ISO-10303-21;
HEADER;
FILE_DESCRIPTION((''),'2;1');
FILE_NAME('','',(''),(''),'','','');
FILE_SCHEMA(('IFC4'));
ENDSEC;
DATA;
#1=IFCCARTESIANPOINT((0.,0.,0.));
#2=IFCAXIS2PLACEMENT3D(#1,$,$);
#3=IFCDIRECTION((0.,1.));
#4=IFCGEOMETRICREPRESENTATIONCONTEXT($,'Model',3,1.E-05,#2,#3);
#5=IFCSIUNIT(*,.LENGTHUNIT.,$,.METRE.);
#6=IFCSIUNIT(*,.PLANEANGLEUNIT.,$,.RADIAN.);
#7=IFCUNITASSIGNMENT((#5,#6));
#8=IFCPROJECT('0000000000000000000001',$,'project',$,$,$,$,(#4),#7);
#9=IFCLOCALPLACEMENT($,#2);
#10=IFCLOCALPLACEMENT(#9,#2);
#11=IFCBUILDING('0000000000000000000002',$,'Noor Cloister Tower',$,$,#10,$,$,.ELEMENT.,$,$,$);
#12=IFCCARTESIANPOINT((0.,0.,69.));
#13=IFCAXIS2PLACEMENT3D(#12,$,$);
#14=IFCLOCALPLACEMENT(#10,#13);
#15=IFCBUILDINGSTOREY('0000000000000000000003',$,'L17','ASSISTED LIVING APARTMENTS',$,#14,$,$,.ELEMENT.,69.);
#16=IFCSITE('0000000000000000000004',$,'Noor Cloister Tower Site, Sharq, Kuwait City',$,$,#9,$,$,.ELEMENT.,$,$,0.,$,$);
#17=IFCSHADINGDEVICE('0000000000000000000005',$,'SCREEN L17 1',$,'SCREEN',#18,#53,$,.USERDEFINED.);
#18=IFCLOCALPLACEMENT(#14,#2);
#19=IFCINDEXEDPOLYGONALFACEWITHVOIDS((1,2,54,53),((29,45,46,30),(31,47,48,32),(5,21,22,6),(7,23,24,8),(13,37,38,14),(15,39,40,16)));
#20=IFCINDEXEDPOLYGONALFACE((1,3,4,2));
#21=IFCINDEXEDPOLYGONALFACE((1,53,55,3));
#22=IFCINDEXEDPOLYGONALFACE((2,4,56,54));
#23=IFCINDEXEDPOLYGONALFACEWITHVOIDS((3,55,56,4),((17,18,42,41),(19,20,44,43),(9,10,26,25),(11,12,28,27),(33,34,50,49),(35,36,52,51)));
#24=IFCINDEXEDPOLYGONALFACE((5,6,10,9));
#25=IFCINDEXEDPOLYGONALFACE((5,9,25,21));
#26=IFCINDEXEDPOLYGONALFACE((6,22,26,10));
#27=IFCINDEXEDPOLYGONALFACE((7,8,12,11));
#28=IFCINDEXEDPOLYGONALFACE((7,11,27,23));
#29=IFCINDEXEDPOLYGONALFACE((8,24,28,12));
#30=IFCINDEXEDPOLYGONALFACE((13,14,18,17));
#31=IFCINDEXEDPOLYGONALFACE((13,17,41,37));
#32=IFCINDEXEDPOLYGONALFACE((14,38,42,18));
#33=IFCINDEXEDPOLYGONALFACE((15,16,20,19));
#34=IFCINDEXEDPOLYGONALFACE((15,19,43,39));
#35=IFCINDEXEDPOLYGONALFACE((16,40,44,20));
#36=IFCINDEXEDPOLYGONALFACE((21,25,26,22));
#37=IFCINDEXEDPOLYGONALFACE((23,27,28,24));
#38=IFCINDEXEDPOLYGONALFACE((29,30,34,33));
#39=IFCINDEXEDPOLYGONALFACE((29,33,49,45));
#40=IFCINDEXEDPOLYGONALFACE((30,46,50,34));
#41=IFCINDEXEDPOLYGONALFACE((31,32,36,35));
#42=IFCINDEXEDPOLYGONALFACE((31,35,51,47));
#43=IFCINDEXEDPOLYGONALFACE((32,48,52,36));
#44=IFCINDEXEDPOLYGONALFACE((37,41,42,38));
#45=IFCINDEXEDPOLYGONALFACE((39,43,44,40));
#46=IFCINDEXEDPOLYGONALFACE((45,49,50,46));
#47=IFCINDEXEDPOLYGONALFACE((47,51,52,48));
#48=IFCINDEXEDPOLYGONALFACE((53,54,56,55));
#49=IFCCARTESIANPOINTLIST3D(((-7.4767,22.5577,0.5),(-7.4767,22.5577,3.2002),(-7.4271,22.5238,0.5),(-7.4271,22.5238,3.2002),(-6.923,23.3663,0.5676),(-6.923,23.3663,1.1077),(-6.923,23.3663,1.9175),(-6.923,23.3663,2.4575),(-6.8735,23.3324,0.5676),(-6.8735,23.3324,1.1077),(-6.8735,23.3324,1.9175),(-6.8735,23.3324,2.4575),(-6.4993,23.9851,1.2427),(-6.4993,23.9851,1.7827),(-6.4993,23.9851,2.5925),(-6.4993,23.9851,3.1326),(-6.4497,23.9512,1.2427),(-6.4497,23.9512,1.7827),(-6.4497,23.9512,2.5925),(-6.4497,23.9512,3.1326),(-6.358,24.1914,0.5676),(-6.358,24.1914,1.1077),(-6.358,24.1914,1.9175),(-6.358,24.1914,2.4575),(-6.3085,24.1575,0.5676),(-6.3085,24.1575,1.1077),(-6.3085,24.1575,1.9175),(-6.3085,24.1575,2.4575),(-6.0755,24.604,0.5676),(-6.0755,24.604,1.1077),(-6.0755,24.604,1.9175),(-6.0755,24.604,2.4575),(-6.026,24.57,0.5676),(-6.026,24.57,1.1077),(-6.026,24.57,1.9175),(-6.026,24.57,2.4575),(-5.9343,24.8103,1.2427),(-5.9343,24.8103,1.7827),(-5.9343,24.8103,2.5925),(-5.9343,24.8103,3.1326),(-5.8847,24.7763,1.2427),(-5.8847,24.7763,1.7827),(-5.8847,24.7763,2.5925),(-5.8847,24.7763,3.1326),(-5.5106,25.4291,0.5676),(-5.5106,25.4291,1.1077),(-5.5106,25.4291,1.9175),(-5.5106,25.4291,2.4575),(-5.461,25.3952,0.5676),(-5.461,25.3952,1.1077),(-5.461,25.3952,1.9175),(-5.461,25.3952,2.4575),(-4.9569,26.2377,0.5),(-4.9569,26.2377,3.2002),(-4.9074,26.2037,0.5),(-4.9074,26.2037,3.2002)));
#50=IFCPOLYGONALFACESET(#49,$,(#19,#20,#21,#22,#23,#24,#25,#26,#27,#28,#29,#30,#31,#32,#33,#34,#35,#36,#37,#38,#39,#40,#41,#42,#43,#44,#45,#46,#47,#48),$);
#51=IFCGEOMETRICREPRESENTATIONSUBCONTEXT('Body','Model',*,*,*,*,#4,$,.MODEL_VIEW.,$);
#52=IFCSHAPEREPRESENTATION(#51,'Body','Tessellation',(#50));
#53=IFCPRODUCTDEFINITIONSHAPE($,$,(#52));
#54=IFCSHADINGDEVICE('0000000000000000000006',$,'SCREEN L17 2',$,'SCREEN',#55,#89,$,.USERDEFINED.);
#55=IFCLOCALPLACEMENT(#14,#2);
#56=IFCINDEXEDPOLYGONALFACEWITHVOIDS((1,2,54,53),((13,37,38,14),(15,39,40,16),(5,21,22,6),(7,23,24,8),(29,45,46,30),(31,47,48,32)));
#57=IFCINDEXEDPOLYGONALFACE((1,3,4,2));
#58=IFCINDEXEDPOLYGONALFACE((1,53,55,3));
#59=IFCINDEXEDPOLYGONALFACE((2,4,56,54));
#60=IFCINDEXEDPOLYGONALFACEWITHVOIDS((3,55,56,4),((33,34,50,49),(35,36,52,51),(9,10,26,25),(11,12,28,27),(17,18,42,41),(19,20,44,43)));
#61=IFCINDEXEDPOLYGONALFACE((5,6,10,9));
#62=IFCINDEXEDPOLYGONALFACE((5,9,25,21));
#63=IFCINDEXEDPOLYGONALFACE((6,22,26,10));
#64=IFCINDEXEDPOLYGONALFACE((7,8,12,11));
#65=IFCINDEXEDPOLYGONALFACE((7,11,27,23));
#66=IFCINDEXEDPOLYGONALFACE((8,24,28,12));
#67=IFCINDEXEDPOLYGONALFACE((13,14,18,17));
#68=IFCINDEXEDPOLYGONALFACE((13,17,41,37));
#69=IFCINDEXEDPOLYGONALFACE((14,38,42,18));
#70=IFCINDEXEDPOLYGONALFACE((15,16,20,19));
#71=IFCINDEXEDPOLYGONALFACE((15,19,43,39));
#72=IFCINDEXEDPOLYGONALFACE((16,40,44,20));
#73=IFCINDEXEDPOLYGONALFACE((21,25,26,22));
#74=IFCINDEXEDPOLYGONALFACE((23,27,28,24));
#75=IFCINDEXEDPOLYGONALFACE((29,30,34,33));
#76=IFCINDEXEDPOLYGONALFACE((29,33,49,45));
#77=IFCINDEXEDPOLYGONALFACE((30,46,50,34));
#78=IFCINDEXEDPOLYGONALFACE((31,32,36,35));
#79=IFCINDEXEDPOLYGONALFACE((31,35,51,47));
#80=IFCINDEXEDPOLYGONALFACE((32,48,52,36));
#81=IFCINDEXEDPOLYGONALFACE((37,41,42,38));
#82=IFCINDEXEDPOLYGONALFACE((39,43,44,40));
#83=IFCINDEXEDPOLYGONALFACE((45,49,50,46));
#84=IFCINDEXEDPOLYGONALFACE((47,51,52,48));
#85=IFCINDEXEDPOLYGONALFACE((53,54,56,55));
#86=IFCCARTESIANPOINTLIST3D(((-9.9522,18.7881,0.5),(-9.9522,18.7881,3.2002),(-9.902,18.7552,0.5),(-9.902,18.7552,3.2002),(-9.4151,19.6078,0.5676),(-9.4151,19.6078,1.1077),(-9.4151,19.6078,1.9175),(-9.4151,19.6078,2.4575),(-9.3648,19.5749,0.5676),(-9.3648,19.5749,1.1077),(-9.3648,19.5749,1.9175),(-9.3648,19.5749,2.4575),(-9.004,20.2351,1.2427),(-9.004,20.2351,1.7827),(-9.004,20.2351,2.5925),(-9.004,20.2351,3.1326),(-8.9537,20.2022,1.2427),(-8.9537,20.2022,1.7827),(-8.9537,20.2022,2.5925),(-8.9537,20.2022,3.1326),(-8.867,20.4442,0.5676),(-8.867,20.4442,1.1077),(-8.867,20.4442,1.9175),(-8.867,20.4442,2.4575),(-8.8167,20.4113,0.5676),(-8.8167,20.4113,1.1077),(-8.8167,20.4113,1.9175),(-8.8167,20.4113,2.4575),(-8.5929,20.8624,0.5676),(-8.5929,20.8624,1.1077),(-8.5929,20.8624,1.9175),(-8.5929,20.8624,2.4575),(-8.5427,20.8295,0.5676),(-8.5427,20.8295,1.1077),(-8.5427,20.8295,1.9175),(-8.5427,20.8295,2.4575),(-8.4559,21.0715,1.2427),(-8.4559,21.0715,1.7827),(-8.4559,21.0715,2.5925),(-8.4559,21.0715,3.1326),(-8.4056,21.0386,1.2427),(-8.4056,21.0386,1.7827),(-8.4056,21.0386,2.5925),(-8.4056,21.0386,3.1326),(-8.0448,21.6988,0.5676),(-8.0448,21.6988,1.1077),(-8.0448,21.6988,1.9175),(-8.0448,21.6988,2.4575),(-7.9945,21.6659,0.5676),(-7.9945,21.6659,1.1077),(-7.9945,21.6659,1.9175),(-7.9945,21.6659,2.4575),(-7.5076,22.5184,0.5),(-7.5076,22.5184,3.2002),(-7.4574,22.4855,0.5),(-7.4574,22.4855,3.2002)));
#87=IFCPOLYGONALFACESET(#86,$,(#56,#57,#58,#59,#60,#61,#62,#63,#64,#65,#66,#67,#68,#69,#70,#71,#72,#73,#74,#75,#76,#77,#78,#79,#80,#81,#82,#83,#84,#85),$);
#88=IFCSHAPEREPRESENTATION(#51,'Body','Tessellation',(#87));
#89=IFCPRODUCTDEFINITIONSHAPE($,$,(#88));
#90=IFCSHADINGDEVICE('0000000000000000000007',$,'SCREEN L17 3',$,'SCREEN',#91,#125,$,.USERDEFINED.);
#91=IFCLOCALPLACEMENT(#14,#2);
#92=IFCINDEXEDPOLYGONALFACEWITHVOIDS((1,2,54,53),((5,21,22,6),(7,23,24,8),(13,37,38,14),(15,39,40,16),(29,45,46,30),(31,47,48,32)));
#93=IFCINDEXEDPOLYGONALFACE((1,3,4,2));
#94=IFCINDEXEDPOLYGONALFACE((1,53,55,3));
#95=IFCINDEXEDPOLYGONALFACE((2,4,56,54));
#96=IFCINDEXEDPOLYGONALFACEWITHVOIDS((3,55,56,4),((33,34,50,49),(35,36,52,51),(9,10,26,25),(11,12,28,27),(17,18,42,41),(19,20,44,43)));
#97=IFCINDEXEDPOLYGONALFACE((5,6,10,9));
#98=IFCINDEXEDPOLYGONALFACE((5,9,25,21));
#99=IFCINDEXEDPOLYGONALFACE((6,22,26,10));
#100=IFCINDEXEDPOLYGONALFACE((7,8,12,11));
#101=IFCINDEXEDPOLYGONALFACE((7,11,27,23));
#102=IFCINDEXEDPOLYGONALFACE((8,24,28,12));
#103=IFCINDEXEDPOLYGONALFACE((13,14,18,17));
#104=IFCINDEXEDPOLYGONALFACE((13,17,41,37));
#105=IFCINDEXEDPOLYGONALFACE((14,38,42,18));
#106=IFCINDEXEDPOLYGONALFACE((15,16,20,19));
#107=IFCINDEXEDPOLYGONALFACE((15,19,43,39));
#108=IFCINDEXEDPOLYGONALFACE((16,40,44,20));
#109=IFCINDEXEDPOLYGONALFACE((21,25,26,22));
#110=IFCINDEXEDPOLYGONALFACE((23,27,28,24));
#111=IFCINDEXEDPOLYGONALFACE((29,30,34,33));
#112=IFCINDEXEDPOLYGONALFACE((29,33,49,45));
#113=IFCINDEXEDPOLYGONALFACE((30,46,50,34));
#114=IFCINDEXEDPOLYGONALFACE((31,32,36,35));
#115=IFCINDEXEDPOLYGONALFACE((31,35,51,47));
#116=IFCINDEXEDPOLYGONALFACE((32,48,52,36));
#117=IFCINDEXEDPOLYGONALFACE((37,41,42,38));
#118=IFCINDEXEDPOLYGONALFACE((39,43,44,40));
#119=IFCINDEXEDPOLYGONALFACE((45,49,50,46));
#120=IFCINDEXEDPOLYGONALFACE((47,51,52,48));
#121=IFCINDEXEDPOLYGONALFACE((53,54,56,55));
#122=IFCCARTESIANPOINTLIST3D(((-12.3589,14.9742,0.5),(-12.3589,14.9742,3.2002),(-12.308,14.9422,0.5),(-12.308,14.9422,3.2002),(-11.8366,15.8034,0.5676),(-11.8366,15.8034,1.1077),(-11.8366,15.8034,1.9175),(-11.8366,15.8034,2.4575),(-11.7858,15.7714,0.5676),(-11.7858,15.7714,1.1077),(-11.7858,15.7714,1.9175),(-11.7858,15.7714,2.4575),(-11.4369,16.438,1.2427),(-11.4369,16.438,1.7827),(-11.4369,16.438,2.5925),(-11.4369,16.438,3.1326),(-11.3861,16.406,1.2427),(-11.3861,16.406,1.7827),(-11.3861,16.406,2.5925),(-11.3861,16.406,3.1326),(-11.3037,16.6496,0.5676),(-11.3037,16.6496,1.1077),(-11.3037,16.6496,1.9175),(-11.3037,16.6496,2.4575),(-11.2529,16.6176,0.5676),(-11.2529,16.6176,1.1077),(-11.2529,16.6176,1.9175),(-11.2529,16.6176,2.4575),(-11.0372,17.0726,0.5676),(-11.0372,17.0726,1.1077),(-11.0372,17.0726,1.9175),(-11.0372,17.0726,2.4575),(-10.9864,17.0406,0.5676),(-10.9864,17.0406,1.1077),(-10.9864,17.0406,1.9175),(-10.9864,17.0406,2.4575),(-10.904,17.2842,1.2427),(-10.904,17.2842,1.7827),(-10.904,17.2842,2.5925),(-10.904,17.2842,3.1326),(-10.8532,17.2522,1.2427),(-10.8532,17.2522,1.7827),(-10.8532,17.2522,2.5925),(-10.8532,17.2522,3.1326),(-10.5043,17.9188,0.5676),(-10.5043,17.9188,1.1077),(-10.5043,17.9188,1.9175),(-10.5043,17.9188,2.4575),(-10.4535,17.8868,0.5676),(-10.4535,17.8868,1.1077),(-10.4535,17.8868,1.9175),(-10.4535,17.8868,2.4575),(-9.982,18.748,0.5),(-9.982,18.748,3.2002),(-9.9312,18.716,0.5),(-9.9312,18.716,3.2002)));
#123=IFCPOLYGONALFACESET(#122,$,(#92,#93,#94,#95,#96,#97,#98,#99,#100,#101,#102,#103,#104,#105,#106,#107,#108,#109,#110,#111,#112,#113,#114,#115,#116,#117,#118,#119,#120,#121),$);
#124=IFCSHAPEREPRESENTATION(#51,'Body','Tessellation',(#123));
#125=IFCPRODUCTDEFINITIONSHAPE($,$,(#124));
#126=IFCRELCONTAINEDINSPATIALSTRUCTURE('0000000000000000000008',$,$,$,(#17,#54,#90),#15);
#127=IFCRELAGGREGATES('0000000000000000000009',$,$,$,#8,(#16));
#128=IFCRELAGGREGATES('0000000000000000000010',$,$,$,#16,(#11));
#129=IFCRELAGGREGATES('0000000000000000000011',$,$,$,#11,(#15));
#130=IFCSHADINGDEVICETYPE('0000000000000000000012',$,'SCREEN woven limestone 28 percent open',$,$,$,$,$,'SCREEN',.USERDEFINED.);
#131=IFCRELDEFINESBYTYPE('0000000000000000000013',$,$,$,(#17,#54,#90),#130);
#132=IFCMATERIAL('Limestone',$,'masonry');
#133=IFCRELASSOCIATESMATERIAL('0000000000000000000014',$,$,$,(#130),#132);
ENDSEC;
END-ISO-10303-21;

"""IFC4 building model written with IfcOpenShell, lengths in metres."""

from ifc_helpers import new_model, si_unit, direction, frame, origin, place, context, subcontext, project, spatial, polyline, outline, extrude, material, material_profile, profile_set, type_object, element, save


model = new_model("IFC4")

# Units and contexts
model_context = context("Model", 3, precision=1e-05, world=origin(), true_north=direction((0.0, 1.0)))
body_context = subcontext(model_context, "Body", "Model", "MODEL_VIEW")
ifc_project = project(units=[si_unit("LENGTHUNIT", "METRE"), si_unit("PLANEANGLEUNIT", "RADIAN")], contexts=[model_context])

# Site, building, storey
site_placement = place(None, origin())
site = spatial("IfcSite", under=ifc_project, at=site_placement, Name="Noor Cloister Tower Site, Sharq, Kuwait City", CompositionType="ELEMENT", RefElevation=0.0)
building_placement = place(site_placement, origin())
building = spatial("IfcBuilding", under=site, at=building_placement, Name="Noor Cloister Tower", CompositionType="ELEMENT")
storey_placement = place(building_placement, frame((0.0, 0.0, 69.0)))
storey = spatial("IfcBuildingStorey", under=building, at=storey_placement, Name="L17", Description="ASSISTED LIVING APARTMENTS", CompositionType="ELEMENT", Elevation=69.0)

# Shading devices
ifc_material_1 = material(Name="Limestone", Category="masonry")
ifc_material_profile_1 = material_profile(ifc_material_1, outline(polyline([(-2.23, -1.3501), (2.23, -1.3501), (2.23, 1.3501), (-2.23, 1.3501), (-2.23, -1.3501)]), holes=[polyline([(-1.25, -1.2825), (-0.25, -1.2825), (-0.25, -0.7424), (-1.25, -0.7424), (-1.25, -1.2825)]), polyline([(0.25, -1.2825), (1.25, -1.2825), (1.25, -0.7424), (0.25, -0.7424), (0.25, -1.2825)]), polyline([(-0.5, -0.6074), (0.5, -0.6074), (0.5, -0.0674), (-0.5, -0.0674), (-0.5, -0.6074)]), polyline([(-1.25, 0.0674), (-0.25, 0.0674), (-0.25, 0.6074), (-1.25, 0.6074), (-1.25, 0.0674)]), polyline([(0.25, 0.0674), (1.25, 0.0674), (1.25, 0.6074), (0.25, 0.6074), (0.25, 0.0674)]), polyline([(-0.5, 0.7424), (0.5, 0.7424), (0.5, 1.2825), (-0.5, 1.2825), (-0.5, 0.7424)])]), Name="Woven screen 28 percent open")
ifc_profile_set_1 = profile_set([ifc_material_profile_1], Name="Limestone")
shading_device_type = type_object("IfcShadingDeviceType", Name="SCREEN woven limestone 28 percent open", ElementType="SCREEN", PredefinedType="USERDEFINED", material=ifc_profile_set_1)
for number, where, z_axis, x_axis, name in (
    (1, (-6.1672, 24.3638, 1.8501), (-0.825108, 0.564975, 0.0), (-0.564975, -0.825108, 0.0), "SCREEN L17 1"),
    (2, (-8.6797, 20.6204, 1.8501), (-0.836397, 0.548124, 0.0), (-0.548124, -0.836397, 0.0), "SCREEN L17 2"),
    (3, (-11.1196, 16.8291, 1.8501), (-0.846165, 0.532921, 0.0), (-0.532921, -0.846165, 0.0), "SCREEN L17 3"),
):
    element("IfcShadingDevice", number, at=place(storey_placement, frame(where, z_axis=z_axis, x_axis=x_axis)), inside=storey, type_object=shading_device_type, Name=name, ObjectType="SCREEN", PredefinedType="USERDEFINED", context=body_context, shape_type="SweptSolid", body=[
        extrude(outline(polyline([(-2.23, -1.3501), (2.23, -1.3501), (2.23, 1.3501), (-2.23, 1.3501), (-2.23, -1.3501)]), holes=[polyline([(-1.25, -1.2825), (-0.25, -1.2825), (-0.25, -0.7424), (-1.25, -0.7424), (-1.25, -1.2825)]), polyline([(0.25, -1.2825), (1.25, -1.2825), (1.25, -0.7424), (0.25, -0.7424), (0.25, -1.2825)]), polyline([(-0.5, -0.6074), (0.5, -0.6074), (0.5, -0.0674), (-0.5, -0.0674), (-0.5, -0.6074)]), polyline([(-1.25, 0.0674), (-0.25, 0.0674), (-0.25, 0.6074), (-1.25, 0.6074), (-1.25, 0.0674)]), polyline([(0.25, 0.0674), (1.25, 0.0674), (1.25, 0.6074), (0.25, 0.6074), (0.25, 0.0674)]), polyline([(-0.5, 0.7424), (0.5, 0.7424), (0.5, 1.2825), (-0.5, 1.2825), (-0.5, 0.7424)])]), origin(), (0.0, 0.0, 1.0), 0.0601),
    ])

save(model, "model.ifc")
